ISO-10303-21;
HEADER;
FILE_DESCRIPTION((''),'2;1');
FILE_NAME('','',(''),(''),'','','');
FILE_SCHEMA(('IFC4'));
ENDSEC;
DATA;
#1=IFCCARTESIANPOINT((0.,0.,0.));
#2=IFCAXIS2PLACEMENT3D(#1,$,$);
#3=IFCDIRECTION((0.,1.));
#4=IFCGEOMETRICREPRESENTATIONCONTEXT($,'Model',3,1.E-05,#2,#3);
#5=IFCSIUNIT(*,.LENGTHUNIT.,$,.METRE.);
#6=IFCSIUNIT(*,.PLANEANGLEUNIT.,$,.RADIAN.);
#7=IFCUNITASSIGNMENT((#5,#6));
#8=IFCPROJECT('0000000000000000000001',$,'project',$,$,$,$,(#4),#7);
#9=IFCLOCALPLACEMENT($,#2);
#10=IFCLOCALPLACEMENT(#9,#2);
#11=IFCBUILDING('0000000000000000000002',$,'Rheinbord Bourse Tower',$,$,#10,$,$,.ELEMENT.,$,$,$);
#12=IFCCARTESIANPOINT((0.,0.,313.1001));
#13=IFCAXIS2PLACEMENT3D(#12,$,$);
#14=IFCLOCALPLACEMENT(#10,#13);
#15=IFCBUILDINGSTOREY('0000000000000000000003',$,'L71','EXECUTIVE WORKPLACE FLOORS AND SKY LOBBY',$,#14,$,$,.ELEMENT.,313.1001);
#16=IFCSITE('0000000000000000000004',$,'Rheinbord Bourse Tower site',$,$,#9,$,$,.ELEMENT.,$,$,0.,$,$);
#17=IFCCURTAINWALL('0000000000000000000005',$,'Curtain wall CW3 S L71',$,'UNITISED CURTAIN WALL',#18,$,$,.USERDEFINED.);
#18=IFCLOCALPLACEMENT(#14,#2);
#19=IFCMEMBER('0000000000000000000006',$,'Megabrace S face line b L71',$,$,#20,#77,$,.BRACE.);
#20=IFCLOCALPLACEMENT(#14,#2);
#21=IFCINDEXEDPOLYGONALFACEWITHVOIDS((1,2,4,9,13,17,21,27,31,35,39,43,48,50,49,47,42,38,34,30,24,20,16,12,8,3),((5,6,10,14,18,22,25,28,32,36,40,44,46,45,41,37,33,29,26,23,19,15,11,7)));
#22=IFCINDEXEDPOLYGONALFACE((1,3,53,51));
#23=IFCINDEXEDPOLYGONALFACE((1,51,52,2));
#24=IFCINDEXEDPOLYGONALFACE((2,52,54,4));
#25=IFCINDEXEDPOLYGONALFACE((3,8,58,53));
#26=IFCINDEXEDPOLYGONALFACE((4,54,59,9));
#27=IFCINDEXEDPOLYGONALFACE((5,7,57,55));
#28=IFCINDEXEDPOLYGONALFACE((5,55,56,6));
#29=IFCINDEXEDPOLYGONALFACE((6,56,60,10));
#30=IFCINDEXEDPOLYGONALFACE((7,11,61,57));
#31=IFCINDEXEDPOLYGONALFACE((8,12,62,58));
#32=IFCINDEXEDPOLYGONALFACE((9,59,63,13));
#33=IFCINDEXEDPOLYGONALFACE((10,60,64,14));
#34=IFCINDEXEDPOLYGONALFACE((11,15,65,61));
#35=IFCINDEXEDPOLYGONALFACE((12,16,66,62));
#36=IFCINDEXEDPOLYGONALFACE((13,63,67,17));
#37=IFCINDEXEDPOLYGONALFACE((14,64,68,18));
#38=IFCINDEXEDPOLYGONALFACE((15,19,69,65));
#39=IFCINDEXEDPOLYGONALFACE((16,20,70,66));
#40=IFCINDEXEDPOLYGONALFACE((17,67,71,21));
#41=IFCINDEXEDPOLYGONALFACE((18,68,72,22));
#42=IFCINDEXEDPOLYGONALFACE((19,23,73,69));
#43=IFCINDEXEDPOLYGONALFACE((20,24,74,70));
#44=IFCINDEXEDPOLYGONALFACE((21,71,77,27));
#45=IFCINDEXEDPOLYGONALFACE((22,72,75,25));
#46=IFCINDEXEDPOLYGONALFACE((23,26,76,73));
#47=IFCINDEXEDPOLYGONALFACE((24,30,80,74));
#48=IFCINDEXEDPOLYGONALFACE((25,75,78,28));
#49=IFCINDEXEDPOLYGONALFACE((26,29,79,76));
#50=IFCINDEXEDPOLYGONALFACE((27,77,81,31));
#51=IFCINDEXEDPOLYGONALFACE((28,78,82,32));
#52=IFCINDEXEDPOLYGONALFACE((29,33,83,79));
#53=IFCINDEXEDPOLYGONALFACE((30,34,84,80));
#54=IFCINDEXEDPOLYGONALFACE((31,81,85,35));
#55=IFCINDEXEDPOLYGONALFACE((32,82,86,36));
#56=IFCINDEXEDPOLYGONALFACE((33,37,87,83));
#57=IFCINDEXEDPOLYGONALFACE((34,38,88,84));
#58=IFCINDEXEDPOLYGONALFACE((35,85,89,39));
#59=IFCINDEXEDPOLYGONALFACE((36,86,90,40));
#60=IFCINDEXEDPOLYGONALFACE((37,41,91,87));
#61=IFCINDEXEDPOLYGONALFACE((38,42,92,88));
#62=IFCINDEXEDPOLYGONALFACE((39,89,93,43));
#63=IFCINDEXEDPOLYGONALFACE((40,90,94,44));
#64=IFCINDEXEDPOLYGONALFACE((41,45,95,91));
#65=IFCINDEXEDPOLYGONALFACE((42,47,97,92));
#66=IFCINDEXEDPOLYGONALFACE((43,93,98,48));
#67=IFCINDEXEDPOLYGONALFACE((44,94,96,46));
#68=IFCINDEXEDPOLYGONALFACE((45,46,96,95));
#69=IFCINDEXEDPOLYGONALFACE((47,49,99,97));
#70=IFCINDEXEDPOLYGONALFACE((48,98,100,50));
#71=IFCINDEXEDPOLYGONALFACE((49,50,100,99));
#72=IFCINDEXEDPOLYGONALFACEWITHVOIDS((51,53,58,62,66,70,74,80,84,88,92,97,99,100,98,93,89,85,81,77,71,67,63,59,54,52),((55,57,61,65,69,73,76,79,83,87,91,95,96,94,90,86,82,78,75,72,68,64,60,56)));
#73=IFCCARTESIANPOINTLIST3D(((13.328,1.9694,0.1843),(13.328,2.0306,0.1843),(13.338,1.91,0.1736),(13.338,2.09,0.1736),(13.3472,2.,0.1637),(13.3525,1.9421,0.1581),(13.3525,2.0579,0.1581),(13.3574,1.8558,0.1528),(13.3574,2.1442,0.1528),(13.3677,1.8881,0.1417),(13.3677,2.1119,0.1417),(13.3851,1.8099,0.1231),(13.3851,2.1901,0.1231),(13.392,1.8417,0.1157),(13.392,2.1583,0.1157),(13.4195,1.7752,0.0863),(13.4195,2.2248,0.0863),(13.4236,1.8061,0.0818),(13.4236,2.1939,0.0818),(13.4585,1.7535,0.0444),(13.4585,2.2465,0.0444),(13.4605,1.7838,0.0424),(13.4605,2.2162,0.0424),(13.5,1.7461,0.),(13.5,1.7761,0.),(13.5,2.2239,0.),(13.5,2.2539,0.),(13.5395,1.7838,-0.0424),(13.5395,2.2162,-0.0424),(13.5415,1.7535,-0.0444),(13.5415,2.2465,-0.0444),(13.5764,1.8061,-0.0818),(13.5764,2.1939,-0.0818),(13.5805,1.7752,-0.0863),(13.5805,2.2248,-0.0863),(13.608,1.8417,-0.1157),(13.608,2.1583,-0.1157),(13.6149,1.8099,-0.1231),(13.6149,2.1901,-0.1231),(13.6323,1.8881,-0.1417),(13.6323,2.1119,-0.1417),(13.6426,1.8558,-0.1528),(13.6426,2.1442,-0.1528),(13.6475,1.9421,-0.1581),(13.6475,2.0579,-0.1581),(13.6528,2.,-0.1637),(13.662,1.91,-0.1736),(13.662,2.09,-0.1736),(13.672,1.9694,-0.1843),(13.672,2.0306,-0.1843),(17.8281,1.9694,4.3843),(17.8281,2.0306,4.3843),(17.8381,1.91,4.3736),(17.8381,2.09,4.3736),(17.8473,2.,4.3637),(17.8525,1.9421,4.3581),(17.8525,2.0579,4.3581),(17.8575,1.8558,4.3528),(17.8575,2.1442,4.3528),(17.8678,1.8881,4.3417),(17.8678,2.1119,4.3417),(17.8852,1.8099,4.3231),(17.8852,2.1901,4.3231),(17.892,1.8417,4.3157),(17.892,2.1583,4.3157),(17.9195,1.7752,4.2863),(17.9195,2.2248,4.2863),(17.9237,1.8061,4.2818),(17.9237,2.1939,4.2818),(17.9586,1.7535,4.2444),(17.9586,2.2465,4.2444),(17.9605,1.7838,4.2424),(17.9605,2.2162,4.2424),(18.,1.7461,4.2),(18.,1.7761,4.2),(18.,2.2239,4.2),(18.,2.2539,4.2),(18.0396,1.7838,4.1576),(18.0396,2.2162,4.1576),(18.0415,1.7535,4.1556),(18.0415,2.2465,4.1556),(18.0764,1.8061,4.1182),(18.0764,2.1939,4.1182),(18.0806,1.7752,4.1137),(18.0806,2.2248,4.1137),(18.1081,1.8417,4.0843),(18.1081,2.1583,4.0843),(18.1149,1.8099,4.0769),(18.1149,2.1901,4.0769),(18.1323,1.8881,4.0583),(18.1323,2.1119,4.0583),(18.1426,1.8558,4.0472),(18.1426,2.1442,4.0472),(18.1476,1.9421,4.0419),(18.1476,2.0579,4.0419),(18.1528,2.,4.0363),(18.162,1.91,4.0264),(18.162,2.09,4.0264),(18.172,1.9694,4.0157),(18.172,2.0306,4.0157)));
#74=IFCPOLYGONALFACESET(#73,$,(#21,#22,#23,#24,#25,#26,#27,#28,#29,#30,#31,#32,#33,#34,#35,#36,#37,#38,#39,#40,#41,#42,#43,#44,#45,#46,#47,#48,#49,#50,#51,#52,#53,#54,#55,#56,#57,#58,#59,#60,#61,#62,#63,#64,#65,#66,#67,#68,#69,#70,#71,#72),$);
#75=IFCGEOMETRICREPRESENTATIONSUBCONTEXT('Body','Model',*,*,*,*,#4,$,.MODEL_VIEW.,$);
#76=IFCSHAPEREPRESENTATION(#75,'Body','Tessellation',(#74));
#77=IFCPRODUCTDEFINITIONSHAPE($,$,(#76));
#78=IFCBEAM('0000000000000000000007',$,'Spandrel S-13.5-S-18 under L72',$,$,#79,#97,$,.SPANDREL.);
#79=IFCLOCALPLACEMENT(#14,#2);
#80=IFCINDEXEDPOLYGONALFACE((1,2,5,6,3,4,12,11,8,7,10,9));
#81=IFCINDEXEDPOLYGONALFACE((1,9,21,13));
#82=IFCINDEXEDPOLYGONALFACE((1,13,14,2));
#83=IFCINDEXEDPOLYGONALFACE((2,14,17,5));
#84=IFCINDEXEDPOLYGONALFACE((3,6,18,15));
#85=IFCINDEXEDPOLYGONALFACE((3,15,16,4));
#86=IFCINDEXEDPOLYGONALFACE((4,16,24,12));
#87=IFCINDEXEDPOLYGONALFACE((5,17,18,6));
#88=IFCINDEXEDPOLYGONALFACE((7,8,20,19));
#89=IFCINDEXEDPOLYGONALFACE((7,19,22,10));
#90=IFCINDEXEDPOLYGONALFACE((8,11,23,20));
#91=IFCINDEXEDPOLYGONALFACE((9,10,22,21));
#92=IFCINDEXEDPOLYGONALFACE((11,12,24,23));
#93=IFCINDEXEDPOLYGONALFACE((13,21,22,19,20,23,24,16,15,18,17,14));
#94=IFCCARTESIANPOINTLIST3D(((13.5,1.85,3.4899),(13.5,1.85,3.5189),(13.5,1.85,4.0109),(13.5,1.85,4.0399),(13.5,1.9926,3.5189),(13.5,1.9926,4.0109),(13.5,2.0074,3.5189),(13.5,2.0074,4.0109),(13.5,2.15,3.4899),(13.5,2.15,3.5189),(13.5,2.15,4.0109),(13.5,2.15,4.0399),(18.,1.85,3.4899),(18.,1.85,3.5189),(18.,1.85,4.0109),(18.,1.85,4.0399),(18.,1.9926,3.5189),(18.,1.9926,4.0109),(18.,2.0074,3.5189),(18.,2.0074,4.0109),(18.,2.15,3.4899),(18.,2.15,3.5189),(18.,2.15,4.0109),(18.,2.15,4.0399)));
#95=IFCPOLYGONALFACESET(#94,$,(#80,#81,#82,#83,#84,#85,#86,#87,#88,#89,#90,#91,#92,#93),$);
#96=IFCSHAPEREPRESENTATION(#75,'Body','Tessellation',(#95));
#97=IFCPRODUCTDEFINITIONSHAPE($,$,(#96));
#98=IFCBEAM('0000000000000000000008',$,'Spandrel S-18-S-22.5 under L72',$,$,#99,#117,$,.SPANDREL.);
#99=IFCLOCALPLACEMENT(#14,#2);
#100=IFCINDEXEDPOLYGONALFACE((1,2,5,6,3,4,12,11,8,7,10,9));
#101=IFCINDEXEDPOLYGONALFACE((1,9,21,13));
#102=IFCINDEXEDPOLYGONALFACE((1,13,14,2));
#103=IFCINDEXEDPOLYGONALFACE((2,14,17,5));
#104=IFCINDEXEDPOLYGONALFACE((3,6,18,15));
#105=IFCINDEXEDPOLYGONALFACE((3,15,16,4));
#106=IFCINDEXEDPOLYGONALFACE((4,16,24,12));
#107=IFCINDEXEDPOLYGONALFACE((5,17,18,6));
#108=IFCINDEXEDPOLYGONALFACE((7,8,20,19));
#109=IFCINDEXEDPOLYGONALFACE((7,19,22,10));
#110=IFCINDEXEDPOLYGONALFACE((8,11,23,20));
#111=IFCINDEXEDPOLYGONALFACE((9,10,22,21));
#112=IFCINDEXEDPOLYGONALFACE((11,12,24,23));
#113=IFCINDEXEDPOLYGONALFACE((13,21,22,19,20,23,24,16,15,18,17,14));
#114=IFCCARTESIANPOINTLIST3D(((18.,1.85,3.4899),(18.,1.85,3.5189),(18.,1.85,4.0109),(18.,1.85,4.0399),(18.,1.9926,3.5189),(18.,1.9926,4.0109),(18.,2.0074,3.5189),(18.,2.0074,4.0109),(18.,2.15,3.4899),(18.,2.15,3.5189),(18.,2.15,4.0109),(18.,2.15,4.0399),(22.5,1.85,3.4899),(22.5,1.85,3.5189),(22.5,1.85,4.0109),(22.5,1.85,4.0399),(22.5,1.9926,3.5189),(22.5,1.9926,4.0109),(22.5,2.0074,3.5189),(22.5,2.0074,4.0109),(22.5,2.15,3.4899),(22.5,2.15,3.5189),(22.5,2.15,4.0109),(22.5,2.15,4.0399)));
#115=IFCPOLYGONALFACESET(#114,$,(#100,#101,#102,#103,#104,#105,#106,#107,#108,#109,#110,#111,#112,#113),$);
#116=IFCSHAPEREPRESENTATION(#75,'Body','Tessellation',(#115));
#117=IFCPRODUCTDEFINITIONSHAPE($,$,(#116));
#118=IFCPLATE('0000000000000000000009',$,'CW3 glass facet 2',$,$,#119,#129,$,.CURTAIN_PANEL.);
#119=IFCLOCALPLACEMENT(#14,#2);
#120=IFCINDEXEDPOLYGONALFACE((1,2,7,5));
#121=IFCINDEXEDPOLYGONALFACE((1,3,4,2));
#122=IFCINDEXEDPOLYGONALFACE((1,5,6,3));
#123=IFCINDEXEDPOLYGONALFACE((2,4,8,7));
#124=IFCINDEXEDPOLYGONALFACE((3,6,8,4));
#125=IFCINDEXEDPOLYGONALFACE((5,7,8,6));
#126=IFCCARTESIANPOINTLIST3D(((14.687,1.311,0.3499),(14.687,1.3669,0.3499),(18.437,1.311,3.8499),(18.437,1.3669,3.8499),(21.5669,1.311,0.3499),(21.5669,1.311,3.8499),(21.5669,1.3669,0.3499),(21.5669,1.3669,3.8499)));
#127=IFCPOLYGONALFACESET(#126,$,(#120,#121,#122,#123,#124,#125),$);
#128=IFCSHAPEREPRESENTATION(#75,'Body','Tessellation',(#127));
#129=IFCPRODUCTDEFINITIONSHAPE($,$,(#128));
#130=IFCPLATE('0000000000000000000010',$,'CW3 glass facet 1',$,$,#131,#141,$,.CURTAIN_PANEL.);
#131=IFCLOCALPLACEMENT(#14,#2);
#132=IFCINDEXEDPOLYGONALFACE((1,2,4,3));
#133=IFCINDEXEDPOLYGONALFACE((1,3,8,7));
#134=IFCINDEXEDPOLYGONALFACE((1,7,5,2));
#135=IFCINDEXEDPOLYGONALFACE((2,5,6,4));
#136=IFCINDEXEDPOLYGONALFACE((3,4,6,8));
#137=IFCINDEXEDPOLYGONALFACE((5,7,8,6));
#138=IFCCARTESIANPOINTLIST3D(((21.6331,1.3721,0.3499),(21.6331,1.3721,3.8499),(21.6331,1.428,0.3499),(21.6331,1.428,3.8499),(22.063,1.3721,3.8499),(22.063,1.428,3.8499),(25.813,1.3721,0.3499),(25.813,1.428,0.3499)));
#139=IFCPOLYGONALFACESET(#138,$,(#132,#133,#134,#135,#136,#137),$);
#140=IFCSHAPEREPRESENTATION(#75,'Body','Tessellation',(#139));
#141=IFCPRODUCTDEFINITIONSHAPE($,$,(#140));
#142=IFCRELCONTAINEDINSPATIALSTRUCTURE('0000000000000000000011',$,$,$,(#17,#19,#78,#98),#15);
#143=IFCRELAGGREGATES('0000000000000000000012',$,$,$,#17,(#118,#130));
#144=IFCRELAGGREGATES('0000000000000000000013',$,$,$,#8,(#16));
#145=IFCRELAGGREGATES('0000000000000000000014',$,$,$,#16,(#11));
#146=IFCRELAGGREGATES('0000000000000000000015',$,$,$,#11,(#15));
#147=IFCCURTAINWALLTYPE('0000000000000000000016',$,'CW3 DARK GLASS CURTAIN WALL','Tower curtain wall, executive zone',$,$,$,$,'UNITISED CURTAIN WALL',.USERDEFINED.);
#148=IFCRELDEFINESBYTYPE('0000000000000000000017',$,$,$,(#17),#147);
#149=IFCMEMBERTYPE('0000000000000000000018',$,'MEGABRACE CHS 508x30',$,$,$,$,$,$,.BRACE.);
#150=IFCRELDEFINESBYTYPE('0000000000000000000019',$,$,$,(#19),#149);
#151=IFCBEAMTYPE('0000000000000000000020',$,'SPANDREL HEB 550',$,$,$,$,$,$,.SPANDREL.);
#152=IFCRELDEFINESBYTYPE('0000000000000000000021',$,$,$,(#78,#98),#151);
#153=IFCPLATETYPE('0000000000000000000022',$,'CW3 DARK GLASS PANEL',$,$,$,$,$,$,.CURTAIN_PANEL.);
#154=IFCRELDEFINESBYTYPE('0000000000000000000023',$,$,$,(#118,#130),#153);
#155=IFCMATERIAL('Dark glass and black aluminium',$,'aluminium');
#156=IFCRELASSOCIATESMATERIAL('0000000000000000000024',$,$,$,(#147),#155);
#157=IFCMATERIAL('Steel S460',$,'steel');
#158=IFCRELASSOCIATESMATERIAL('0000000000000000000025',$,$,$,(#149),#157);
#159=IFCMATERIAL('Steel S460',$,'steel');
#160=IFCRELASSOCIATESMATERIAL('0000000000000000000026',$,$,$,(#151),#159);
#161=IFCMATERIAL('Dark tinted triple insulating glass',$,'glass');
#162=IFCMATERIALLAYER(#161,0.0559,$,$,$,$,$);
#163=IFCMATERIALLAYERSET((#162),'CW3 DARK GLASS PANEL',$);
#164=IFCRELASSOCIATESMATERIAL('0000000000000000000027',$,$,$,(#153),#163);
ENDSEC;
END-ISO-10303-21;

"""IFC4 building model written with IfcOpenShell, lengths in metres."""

from ifc_helpers import new_model, si_unit, direction, frame, origin, origin_2d, place, context, subcontext, project, spatial, polyline, hollow_circle, i_section, outline, extrude, material, layer, layer_set, material_profile, profile_set, type_object, element, aggregate, save


model = new_model("IFC4")

# Units and contexts
model_context = context("Model", 3, precision=1e-05, world=origin(), true_north=direction((0.0, 1.0)))
body_context = subcontext(model_context, "Body", "Model", "MODEL_VIEW")
ifc_project = project(units=[si_unit("LENGTHUNIT", "METRE"), si_unit("PLANEANGLEUNIT", "RADIAN")], contexts=[model_context])

# Site, building, storey
site_placement = place(None, origin())
site = spatial("IfcSite", under=ifc_project, at=site_placement, Name="Rheinbord Bourse Tower site", CompositionType="ELEMENT", RefElevation=0.0)
building_placement = place(site_placement, origin())
building = spatial("IfcBuilding", under=site, at=building_placement, Name="Rheinbord Bourse Tower", CompositionType="ELEMENT")
storey_placement = place(building_placement, frame((0.0, 0.0, 313.1001)))
storey = spatial("IfcBuildingStorey", under=building, at=storey_placement, Name="L71", Description="EXECUTIVE WORKPLACE FLOORS AND SKY LOBBY", CompositionType="ELEMENT", Elevation=313.1001)

# Curtain wall
ifc_material_1 = material(Name="Dark glass and black aluminium", Category="aluminium")
curtain_wall_type = type_object("IfcCurtainWallType", Name="CW3 DARK GLASS CURTAIN WALL", Description="Tower curtain wall, executive zone", ElementType="UNITISED CURTAIN WALL", PredefinedType="USERDEFINED", material=ifc_material_1)
curtain_wall_placement = place(storey_placement, origin())
curtain_wall = element("IfcCurtainWall", 1, at=curtain_wall_placement, inside=storey, type_object=curtain_wall_type, Name="Curtain wall CW3 S L71", ObjectType="UNITISED CURTAIN WALL", PredefinedType="USERDEFINED")

# Member
ifc_material_2 = material(Name="Steel S460", Category="steel")
ifc_material_profile_1 = material_profile(ifc_material_2, hollow_circle(Radius=0.2539, WallThickness=0.03, at=origin_2d()), Name="CHS 508x30")
ifc_profile_set_1 = profile_set([ifc_material_profile_1], Name="Steel S460")
member_type_1 = type_object("IfcMemberType", Name="MEGABRACE CHS 508x30", PredefinedType="BRACE", material=ifc_profile_set_1)
member_1_placement = place(storey_placement, frame((13.5, 2.0, 0.0), z_axis=(0.731059, 0.0, 0.682314), x_axis=(0.0, 1.0, 0.0)))
element("IfcMember", 2, at=member_1_placement, inside=storey, type_object=member_type_1, Name="Megabrace S face line b L71", PredefinedType="BRACE", context=body_context, shape_type="SweptSolid", body=[
    extrude(hollow_circle(Radius=0.2539, WallThickness=0.03, at=origin_2d()), origin(), (0.0, 0.0, 1.0), 6.1555),
])

# Beams
ifc_material_3 = material(Name="Steel S460", Category="steel")
ifc_material_profile_2 = material_profile(ifc_material_3, i_section(OverallWidth=0.3, OverallDepth=0.55, WebThickness=0.0149, FlangeThickness=0.0291, at=origin_2d()), Name="HEB 550")
ifc_profile_set_2 = profile_set([ifc_material_profile_2], Name="Steel S460")
beam_type_1 = type_object("IfcBeamType", Name="SPANDREL HEB 550", PredefinedType="SPANDREL", material=ifc_profile_set_2)
for number, where, z_axis, x_axis, name in (
    (3, (13.5, 2.0, 3.7649), (1.0, 0.0, 0.0), (0.0, 1.0, 0.0), "Spandrel S-13.5-S-18 under L72"),
    (4, (18.0, 2.0, 3.7649), (1.0, 0.0, 0.0), (0.0, 1.0, 0.0), "Spandrel S-18-S-22.5 under L72"),
):
    element("IfcBeam", number, at=place(storey_placement, frame(where, z_axis=z_axis, x_axis=x_axis)), inside=storey, type_object=beam_type_1, Name=name, PredefinedType="SPANDREL", context=body_context, shape_type="SweptSolid", body=[
        extrude(i_section(OverallWidth=0.3, OverallDepth=0.55, WebThickness=0.0149, FlangeThickness=0.0291, at=origin_2d()), origin(), (0.0, 0.0, 1.0), 4.5),
    ])

# Plates
ifc_material_4 = material(Name="Dark tinted triple insulating glass", Category="glass")
ifc_layer = layer(ifc_material_4, 0.0559)
ifc_layer_set = layer_set([ifc_layer], Name="CW3 DARK GLASS PANEL")
plate_type = type_object("IfcPlateType", Name="CW3 DARK GLASS PANEL", PredefinedType="CURTAIN_PANEL", material=ifc_layer_set)
plate_1_placement = place(storey_placement, frame((21.5669, 1.311, 3.8499), z_axis=(0.0, 1.0, 0.0), x_axis=(0.0, 0.0, -1.0)))
plate_1 = element("IfcPlate", 5, at=plate_1_placement, type_object=plate_type, Name="CW3 glass facet 2", PredefinedType="CURTAIN_PANEL", context=body_context, shape_type="SweptSolid", body=[
    extrude(outline(polyline([(0.0, 0.0), (3.5, 0.0), (3.5, 6.8799), (0.0, 3.1299), (0.0, 0.0)])), origin(), (0.0, 0.0, 1.0), 0.0559),
])
plate_2_placement = place(storey_placement, frame((21.6331, 1.3721, 0.3499), z_axis=(0.0, 1.0, 0.0), x_axis=(0.0, 0.0, 1.0)))
plate_2 = element("IfcPlate", 6, at=plate_2_placement, type_object=plate_type, Name="CW3 glass facet 1", PredefinedType="CURTAIN_PANEL", context=body_context, shape_type="SweptSolid", body=[
    extrude(outline(polyline([(0.0, 0.0), (3.5, 0.0), (3.5, 0.4299), (0.0, 4.1799), (0.0, 0.0)])), origin(), (0.0, 0.0, 1.0), 0.0559),
])
aggregate(curtain_wall, [plate_1, plate_2])

save(model, "model.ifc")
